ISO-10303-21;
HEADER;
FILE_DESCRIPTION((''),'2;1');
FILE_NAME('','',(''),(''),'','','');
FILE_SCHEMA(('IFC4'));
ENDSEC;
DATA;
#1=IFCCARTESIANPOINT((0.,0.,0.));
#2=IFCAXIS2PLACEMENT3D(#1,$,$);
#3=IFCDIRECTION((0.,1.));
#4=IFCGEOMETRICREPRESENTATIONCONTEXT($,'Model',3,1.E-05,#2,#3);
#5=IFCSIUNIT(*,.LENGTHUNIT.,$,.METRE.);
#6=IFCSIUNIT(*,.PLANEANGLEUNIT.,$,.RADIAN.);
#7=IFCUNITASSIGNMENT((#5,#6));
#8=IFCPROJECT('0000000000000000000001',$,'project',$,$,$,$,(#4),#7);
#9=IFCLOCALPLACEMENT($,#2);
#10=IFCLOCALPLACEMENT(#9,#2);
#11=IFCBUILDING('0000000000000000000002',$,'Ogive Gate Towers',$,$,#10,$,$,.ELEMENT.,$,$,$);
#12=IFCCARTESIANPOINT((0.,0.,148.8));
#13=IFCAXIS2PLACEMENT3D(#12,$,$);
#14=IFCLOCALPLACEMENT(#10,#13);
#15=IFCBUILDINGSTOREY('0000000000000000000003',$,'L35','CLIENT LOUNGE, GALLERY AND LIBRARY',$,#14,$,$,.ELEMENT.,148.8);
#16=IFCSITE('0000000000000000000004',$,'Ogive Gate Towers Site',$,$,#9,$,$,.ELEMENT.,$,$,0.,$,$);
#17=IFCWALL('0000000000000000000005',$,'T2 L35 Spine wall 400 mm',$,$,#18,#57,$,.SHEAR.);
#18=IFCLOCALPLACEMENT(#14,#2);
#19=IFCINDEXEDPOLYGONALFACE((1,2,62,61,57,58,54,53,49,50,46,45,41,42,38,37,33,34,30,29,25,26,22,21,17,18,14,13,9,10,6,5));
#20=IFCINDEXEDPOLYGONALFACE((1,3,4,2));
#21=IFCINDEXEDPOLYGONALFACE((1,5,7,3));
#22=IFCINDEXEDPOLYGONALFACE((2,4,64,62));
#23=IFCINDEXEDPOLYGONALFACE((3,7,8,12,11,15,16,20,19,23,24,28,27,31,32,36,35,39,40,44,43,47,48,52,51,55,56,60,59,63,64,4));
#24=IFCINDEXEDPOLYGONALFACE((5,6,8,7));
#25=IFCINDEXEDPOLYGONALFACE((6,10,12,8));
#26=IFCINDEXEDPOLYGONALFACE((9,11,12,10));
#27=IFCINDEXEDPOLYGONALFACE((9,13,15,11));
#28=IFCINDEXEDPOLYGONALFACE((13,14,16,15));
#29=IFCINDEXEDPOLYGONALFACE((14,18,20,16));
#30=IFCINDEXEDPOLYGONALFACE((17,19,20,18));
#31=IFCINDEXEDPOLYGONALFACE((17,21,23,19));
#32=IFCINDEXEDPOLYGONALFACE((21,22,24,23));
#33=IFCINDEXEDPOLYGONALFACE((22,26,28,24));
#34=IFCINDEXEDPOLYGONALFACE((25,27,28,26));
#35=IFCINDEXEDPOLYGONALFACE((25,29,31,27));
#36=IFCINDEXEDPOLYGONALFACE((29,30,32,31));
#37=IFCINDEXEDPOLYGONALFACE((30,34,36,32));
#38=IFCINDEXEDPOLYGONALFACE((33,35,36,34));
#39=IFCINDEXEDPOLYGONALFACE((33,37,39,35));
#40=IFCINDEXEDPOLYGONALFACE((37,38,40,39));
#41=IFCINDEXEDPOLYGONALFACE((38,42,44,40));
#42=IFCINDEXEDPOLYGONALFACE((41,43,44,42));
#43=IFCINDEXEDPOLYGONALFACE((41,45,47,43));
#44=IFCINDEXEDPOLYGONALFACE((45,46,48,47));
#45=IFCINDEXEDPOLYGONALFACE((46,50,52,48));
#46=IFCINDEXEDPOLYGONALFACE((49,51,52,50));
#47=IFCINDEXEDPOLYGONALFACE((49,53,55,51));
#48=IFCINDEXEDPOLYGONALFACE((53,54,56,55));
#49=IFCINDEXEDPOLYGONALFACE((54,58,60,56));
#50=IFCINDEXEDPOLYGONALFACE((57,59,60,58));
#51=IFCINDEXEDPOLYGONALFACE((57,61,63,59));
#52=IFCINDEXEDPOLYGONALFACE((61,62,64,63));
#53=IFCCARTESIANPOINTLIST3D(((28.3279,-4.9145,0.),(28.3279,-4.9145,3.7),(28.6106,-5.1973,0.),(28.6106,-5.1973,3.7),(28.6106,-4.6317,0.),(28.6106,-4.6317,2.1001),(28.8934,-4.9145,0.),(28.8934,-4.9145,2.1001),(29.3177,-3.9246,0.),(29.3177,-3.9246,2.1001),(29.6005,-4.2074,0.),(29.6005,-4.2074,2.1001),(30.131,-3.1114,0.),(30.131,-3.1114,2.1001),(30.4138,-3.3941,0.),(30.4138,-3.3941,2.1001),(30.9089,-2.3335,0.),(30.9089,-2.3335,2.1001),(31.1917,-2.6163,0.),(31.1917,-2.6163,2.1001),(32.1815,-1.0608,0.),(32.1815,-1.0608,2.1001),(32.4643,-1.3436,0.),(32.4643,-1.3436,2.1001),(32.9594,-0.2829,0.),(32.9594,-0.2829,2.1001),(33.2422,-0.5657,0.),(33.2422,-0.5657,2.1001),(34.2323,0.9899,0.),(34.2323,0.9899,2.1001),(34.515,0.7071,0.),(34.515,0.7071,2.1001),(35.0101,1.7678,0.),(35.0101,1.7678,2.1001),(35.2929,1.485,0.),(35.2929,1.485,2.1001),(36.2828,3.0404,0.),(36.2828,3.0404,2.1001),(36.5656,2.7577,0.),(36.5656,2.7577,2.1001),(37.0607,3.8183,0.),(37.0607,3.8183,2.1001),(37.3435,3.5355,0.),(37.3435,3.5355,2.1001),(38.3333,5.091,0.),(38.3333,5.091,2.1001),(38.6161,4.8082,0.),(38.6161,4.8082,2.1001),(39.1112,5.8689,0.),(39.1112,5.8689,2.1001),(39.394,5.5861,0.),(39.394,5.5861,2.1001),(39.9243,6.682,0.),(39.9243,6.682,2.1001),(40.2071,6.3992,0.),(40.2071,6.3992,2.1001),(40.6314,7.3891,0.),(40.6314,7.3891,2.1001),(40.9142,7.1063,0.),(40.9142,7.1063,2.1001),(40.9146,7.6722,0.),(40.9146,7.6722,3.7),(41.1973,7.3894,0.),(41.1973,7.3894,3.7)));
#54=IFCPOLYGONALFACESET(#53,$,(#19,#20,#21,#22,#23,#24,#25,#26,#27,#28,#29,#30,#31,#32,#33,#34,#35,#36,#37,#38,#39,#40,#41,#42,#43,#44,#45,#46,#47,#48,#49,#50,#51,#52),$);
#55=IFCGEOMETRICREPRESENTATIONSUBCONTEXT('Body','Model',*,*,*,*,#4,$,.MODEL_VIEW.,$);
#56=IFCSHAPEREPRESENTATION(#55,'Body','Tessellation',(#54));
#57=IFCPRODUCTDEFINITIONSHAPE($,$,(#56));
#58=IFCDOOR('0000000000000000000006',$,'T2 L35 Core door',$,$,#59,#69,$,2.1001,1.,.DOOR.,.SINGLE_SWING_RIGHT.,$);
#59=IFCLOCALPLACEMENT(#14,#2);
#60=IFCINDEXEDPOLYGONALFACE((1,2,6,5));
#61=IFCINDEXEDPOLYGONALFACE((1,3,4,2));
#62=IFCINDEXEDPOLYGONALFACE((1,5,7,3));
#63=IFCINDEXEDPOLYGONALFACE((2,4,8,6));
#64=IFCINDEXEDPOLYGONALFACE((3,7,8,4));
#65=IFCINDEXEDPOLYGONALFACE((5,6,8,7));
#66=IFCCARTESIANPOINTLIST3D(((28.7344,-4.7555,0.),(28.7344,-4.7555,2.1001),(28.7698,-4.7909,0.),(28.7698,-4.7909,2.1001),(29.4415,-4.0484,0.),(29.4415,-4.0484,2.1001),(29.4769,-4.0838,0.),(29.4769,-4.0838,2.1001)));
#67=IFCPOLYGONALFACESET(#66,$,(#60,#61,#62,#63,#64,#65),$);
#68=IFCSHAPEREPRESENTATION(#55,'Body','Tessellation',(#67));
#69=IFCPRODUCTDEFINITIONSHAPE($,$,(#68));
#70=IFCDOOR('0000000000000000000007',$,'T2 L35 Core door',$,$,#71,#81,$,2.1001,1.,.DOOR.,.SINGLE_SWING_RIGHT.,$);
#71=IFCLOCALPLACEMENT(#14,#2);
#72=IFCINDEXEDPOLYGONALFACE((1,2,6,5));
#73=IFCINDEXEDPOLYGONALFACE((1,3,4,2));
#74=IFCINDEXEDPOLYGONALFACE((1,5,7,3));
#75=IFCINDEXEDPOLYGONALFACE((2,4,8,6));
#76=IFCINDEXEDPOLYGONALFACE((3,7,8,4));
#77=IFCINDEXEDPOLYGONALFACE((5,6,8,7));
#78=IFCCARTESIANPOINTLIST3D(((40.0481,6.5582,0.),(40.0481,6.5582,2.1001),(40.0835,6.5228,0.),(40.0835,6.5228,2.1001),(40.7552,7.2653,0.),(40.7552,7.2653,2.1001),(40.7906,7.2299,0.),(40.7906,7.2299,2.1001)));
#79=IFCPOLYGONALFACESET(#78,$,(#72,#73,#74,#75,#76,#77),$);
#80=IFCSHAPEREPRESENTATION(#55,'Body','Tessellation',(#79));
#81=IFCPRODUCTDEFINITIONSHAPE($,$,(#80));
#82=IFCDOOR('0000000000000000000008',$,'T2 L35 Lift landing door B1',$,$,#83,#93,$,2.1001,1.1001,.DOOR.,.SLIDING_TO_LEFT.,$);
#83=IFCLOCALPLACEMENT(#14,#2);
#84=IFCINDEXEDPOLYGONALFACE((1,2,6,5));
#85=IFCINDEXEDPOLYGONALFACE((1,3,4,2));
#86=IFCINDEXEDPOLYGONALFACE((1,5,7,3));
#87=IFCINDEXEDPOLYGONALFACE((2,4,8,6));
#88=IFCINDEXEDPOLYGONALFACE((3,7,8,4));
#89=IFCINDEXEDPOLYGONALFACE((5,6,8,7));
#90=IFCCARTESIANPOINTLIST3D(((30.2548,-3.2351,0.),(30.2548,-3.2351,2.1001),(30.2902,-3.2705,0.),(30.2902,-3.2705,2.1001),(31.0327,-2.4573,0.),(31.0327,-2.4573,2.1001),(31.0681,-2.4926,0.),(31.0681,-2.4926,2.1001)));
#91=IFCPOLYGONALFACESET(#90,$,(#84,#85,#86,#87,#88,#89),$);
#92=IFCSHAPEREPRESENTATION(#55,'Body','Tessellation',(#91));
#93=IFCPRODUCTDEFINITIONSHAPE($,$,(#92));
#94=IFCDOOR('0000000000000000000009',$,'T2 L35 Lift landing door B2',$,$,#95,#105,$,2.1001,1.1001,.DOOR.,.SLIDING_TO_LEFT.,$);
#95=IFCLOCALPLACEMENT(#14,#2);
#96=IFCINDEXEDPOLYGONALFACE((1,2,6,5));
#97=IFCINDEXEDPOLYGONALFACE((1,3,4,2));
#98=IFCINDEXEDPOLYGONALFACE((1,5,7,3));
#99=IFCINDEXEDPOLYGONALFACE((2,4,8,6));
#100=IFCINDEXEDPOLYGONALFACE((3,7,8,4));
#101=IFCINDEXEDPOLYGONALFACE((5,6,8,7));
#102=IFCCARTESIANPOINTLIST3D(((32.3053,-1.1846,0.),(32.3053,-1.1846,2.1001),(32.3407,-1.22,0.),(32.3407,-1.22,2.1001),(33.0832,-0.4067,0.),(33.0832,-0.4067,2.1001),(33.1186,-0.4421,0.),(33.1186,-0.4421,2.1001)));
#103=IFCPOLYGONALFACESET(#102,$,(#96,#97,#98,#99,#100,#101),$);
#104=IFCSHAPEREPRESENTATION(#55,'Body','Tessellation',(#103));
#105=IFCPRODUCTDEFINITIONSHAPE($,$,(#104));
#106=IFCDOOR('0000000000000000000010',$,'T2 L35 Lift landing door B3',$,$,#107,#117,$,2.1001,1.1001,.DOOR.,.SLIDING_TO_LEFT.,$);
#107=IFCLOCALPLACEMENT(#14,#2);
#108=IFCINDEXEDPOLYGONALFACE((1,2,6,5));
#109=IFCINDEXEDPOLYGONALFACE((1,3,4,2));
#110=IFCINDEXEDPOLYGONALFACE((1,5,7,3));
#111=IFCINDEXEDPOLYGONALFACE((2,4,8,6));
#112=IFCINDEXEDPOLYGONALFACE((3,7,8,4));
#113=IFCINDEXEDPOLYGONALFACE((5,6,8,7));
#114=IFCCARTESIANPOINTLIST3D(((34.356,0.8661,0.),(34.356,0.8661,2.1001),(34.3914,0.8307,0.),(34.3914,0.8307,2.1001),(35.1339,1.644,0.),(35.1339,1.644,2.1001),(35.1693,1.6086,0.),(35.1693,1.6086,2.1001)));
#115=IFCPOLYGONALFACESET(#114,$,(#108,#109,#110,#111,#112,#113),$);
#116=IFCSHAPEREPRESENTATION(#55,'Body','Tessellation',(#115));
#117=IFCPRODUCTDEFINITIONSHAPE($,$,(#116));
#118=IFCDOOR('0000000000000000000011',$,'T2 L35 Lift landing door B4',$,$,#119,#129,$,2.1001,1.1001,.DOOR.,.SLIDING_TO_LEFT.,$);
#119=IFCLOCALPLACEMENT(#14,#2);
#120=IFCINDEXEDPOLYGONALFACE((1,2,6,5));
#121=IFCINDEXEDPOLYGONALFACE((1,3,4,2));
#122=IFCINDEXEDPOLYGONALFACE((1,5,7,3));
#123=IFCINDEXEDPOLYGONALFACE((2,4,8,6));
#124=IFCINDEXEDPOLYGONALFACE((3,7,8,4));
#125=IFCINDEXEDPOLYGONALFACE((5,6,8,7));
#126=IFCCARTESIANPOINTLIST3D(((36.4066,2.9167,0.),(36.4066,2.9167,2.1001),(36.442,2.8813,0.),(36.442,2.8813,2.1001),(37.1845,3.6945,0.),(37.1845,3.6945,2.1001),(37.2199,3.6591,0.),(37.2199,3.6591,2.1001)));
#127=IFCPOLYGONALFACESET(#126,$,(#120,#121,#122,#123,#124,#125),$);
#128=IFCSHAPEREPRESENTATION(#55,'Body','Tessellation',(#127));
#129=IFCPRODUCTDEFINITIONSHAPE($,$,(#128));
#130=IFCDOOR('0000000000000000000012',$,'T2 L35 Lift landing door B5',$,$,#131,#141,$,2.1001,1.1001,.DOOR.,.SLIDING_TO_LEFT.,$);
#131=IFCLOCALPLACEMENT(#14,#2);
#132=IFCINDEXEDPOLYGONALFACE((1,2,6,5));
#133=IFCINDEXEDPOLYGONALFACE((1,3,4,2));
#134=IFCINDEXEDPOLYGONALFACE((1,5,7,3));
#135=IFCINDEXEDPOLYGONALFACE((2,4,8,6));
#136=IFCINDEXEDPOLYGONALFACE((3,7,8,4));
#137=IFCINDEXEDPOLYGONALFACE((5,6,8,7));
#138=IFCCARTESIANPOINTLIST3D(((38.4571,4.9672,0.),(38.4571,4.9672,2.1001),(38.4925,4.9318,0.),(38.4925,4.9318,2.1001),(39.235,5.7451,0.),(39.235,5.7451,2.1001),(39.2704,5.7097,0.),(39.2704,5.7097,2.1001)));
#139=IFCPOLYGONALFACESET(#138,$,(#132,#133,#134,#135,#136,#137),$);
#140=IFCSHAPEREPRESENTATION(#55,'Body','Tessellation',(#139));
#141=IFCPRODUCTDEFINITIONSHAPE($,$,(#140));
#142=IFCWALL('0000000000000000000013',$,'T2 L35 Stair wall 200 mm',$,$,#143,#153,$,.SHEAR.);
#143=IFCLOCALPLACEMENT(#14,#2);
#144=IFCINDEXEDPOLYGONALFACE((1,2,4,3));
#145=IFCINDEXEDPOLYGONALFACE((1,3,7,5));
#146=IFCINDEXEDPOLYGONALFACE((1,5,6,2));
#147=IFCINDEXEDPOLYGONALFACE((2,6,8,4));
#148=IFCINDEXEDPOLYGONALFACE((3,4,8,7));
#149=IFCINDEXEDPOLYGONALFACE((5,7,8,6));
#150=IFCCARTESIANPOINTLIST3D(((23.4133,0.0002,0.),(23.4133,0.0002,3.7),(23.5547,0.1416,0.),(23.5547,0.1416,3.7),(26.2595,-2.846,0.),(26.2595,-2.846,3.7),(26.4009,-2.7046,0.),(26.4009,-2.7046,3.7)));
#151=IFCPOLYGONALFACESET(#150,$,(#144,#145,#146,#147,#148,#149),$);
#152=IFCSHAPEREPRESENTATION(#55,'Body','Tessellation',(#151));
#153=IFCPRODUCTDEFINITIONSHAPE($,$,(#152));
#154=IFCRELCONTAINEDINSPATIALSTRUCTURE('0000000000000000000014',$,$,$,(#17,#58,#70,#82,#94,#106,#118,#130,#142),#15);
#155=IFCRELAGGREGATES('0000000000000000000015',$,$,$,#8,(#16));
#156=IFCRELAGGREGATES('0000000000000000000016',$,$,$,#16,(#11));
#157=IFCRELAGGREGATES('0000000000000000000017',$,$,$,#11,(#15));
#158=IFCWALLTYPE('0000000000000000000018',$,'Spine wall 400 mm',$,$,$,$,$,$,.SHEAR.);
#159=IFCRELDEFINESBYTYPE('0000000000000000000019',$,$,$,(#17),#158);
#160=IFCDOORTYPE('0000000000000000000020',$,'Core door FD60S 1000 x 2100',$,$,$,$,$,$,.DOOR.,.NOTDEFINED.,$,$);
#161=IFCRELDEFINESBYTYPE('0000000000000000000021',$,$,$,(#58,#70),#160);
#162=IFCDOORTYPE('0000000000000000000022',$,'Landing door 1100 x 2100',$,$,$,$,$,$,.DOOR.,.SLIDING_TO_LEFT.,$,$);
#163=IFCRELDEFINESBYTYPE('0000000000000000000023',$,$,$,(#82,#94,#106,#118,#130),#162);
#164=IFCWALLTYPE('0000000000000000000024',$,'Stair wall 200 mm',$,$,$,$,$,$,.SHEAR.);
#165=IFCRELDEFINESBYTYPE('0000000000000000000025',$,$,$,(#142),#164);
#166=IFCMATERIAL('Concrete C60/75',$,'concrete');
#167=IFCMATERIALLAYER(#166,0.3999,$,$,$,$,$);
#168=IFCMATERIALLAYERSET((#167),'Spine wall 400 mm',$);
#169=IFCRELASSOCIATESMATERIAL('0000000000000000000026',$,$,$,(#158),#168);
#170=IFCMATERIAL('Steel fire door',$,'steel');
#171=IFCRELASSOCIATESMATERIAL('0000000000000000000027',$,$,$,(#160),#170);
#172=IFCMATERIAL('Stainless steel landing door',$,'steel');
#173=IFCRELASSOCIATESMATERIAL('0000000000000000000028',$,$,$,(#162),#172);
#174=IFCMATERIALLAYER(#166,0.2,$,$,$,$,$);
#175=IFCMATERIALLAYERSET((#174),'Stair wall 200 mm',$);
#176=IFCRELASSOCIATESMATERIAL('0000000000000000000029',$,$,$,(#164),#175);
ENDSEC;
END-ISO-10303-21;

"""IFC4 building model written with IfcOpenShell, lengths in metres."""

from ifc_helpers import new_model, si_unit, direction, frame, frame_2d, origin, place, context, subcontext, project, spatial, rectangle, extrude, material, layer, layer_set, type_object, element, fill, save


model = new_model("IFC4")

# Units and contexts
model_context = context("Model", 3, precision=1e-05, world=origin(), true_north=direction((0.0, 1.0)))
body_context = subcontext(model_context, "Body", "Model", "MODEL_VIEW")
ifc_project = project(units=[si_unit("LENGTHUNIT", "METRE"), si_unit("PLANEANGLEUNIT", "RADIAN")], contexts=[model_context])

# Site, building, storey
site_placement = place(None, origin())
site = spatial("IfcSite", under=ifc_project, at=site_placement, Name="Ogive Gate Towers Site", CompositionType="ELEMENT", RefElevation=0.0)
building_placement = place(site_placement, origin())
building = spatial("IfcBuilding", under=site, at=building_placement, Name="Ogive Gate Towers", CompositionType="ELEMENT")
storey_placement = place(building_placement, frame((0.0, 0.0, 148.8)))
storey = spatial("IfcBuildingStorey", under=building, at=storey_placement, Name="L35", Description="CLIENT LOUNGE, GALLERY AND LIBRARY", CompositionType="ELEMENT", Elevation=148.8)

# Shared definitions
ifc_material_1 = material(Name="Concrete C60/75", Category="concrete")

# Wall, openings, doors
ifc_layer_1 = layer(ifc_material_1, 0.3999)
ifc_layer_set_1 = layer_set([ifc_layer_1], Name="Spine wall 400 mm")
wall_type_1 = type_object("IfcWallType", Name="Spine wall 400 mm", PredefinedType="SHEAR", material=ifc_layer_set_1)
ifc_material_2 = material(Name="Steel fire door", Category="steel")
door_type_1 = type_object("IfcDoorType", Name="Core door FD60S 1000 x 2100", OperationType="NOTDEFINED", PredefinedType="DOOR", material=ifc_material_2)
ifc_material_3 = material(Name="Stainless steel landing door", Category="steel")
door_type_2 = type_object("IfcDoorType", Name="Landing door 1100 x 2100", OperationType="SLIDING_TO_LEFT", PredefinedType="DOOR", material=ifc_material_3)
wall_1_placement = place(storey_placement, frame((28.4692, -5.0559, 0.0), z_axis=(0.0, 0.0, 1.0), x_axis=(0.707107, 0.707107, 0.0)))
wall_1 = element("IfcWall", 1, at=wall_1_placement, inside=storey, type_object=wall_type_1, Name="T2 L35 Spine wall 400 mm", PredefinedType="SHEAR", context=body_context, shape_type="SweptSolid", body=[
    extrude(rectangle(XDim=17.8003, YDim=0.3999, at=frame_2d((8.9001, 0.0))), origin(), (0.0, 0.0, 1.0), 3.7),
])
opening_1_placement = place(wall_1_placement, frame((0.3999, 0.0, 0.0)))
opening_1 = element("IfcOpeningElement", 2, at=opening_1_placement, cuts=wall_1, PredefinedType="OPENING", context=body_context, shape_type="SweptSolid", body=[
    extrude(rectangle(XDim=1.0, YDim=2.1001, at=frame_2d((0.5, 1.05))), frame((0.0, 0.21, 0.0), z_axis=(0.0, -1.0, 0.0), x_axis=(1.0, 0.0, 0.0)), (0.0, 0.0, 1.0), 0.4199),
])
opening_2_placement = place(wall_1_placement, frame((2.55, 0.0, 0.0)))
opening_2 = element("IfcOpeningElement", 3, at=opening_2_placement, cuts=wall_1, PredefinedType="OPENING", context=body_context, shape_type="SweptSolid", body=[
    extrude(rectangle(XDim=1.1001, YDim=2.1001, at=frame_2d((0.55, 1.05))), frame((0.0, 0.21, 0.0), z_axis=(0.0, -1.0, 0.0), x_axis=(1.0, 0.0, 0.0)), (0.0, 0.0, 1.0), 0.4199),
])
opening_3_placement = place(wall_1_placement, frame((5.45, 0.0, 0.0)))
opening_3 = element("IfcOpeningElement", 4, at=opening_3_placement, cuts=wall_1, PredefinedType="OPENING", context=body_context, shape_type="SweptSolid", body=[
    extrude(rectangle(XDim=1.1001, YDim=2.1001, at=frame_2d((0.55, 1.05))), frame((0.0, 0.21, 0.0), z_axis=(0.0, -1.0, 0.0), x_axis=(1.0, 0.0, 0.0)), (0.0, 0.0, 1.0), 0.4199),
])
opening_4_placement = place(wall_1_placement, frame((8.3501, 0.0, 0.0)))
opening_4 = element("IfcOpeningElement", 5, at=opening_4_placement, cuts=wall_1, PredefinedType="OPENING", context=body_context, shape_type="SweptSolid", body=[
    extrude(rectangle(XDim=1.1001, YDim=2.1001, at=frame_2d((0.55, 1.05))), frame((0.0, 0.21, 0.0), z_axis=(0.0, -1.0, 0.0), x_axis=(1.0, 0.0, 0.0)), (0.0, 0.0, 1.0), 0.4199),
])
opening_5_placement = place(wall_1_placement, frame((11.25, 0.0, 0.0)))
opening_5 = element("IfcOpeningElement", 6, at=opening_5_placement, cuts=wall_1, PredefinedType="OPENING", context=body_context, shape_type="SweptSolid", body=[
    extrude(rectangle(XDim=1.1001, YDim=2.1001, at=frame_2d((0.55, 1.05))), frame((0.0, 0.21, 0.0), z_axis=(0.0, -1.0, 0.0), x_axis=(1.0, 0.0, 0.0)), (0.0, 0.0, 1.0), 0.4199),
])
opening_6_placement = place(wall_1_placement, frame((14.1499, 0.0, 0.0)))
opening_6 = element("IfcOpeningElement", 7, at=opening_6_placement, cuts=wall_1, PredefinedType="OPENING", context=body_context, shape_type="SweptSolid", body=[
    extrude(rectangle(XDim=1.1001, YDim=2.1001, at=frame_2d((0.55, 1.05))), frame((0.0, 0.21, 0.0), z_axis=(0.0, -1.0, 0.0), x_axis=(1.0, 0.0, 0.0)), (0.0, 0.0, 1.0), 0.4199),
])
opening_7_placement = place(wall_1_placement, frame((16.3999, 0.0, 0.0)))
opening_7 = element("IfcOpeningElement", 8, at=opening_7_placement, cuts=wall_1, PredefinedType="OPENING", context=body_context, shape_type="SweptSolid", body=[
    extrude(rectangle(XDim=1.0, YDim=2.1001, at=frame_2d((0.5, 1.05))), frame((0.0, 0.21, 0.0), z_axis=(0.0, -1.0, 0.0), x_axis=(1.0, 0.0, 0.0)), (0.0, 0.0, 1.0), 0.4199),
])
door_1_placement = place(opening_1_placement, origin())
door_1 = element("IfcDoor", 9, at=door_1_placement, inside=storey, type_object=door_type_1, Name="T2 L35 Core door", OperationType="SINGLE_SWING_RIGHT", OverallHeight=2.1001, OverallWidth=1.0, PredefinedType="DOOR", context=body_context, shape_type="SweptSolid", body=[
    extrude(rectangle(XDim=1.0, YDim=2.1001, at=frame_2d((0.5, 1.05))), frame((0.0, 0.0249, 0.0), z_axis=(0.0, -1.0, 0.0), x_axis=(1.0, 0.0, 0.0)), (0.0, 0.0, 1.0), 0.05),
])
fill(opening_1, door_1)
door_2_placement = place(opening_7_placement, origin())
door_2 = element("IfcDoor", 10, at=door_2_placement, inside=storey, type_object=door_type_1, Name="T2 L35 Core door", OperationType="SINGLE_SWING_RIGHT", OverallHeight=2.1001, OverallWidth=1.0, PredefinedType="DOOR", context=body_context, shape_type="SweptSolid", body=[
    extrude(rectangle(XDim=1.0, YDim=2.1001, at=frame_2d((0.5, 1.05))), frame((0.0, 0.0249, 0.0), z_axis=(0.0, -1.0, 0.0), x_axis=(1.0, 0.0, 0.0)), (0.0, 0.0, 1.0), 0.05),
])
fill(opening_7, door_2)
door_3_placement = place(opening_2_placement, origin())
door_3 = element("IfcDoor", 11, at=door_3_placement, inside=storey, type_object=door_type_2, Name="T2 L35 Lift landing door B1", OperationType="SLIDING_TO_LEFT", OverallHeight=2.1001, OverallWidth=1.1001, PredefinedType="DOOR", context=body_context, shape_type="SweptSolid", body=[
    extrude(rectangle(XDim=1.1001, YDim=2.1001, at=frame_2d((0.55, 1.05))), frame((0.0, 0.0249, 0.0), z_axis=(0.0, -1.0, 0.0), x_axis=(1.0, 0.0, 0.0)), (0.0, 0.0, 1.0), 0.05),
])
fill(opening_2, door_3)
door_4_placement = place(opening_3_placement, origin())
door_4 = element("IfcDoor", 12, at=door_4_placement, inside=storey, type_object=door_type_2, Name="T2 L35 Lift landing door B2", OperationType="SLIDING_TO_LEFT", OverallHeight=2.1001, OverallWidth=1.1001, PredefinedType="DOOR", context=body_context, shape_type="SweptSolid", body=[
    extrude(rectangle(XDim=1.1001, YDim=2.1001, at=frame_2d((0.55, 1.05))), frame((0.0, 0.0249, 0.0), z_axis=(0.0, -1.0, 0.0), x_axis=(1.0, 0.0, 0.0)), (0.0, 0.0, 1.0), 0.05),
])
fill(opening_3, door_4)
door_5_placement = place(opening_4_placement, origin())
door_5 = element("IfcDoor", 13, at=door_5_placement, inside=storey, type_object=door_type_2, Name="T2 L35 Lift landing door B3", OperationType="SLIDING_TO_LEFT", OverallHeight=2.1001, OverallWidth=1.1001, PredefinedType="DOOR", context=body_context, shape_type="SweptSolid", body=[
    extrude(rectangle(XDim=1.1001, YDim=2.1001, at=frame_2d((0.55, 1.05))), frame((0.0, 0.0249, 0.0), z_axis=(0.0, -1.0, 0.0), x_axis=(1.0, 0.0, 0.0)), (0.0, 0.0, 1.0), 0.05),
])
fill(opening_4, door_5)
door_6_placement = place(opening_5_placement, origin())
door_6 = element("IfcDoor", 14, at=door_6_placement, inside=storey, type_object=door_type_2, Name="T2 L35 Lift landing door B4", OperationType="SLIDING_TO_LEFT", OverallHeight=2.1001, OverallWidth=1.1001, PredefinedType="DOOR", context=body_context, shape_type="SweptSolid", body=[
    extrude(rectangle(XDim=1.1001, YDim=2.1001, at=frame_2d((0.55, 1.05))), frame((0.0, 0.0249, 0.0), z_axis=(0.0, -1.0, 0.0), x_axis=(1.0, 0.0, 0.0)), (0.0, 0.0, 1.0), 0.05),
])
fill(opening_5, door_6)
door_7_placement = place(opening_6_placement, origin())
door_7 = element("IfcDoor", 15, at=door_7_placement, inside=storey, type_object=door_type_2, Name="T2 L35 Lift landing door B5", OperationType="SLIDING_TO_LEFT", OverallHeight=2.1001, OverallWidth=1.1001, PredefinedType="DOOR", context=body_context, shape_type="SweptSolid", body=[
    extrude(rectangle(XDim=1.1001, YDim=2.1001, at=frame_2d((0.55, 1.05))), frame((0.0, 0.0249, 0.0), z_axis=(0.0, -1.0, 0.0), x_axis=(1.0, 0.0, 0.0)), (0.0, 0.0, 1.0), 0.05),
])
fill(opening_6, door_7)

# Wall
ifc_layer_2 = layer(ifc_material_1, 0.2)
ifc_layer_set_2 = layer_set([ifc_layer_2], Name="Stair wall 200 mm")
wall_type_2 = type_object("IfcWallType", Name="Stair wall 200 mm", PredefinedType="SHEAR", material=ifc_layer_set_2)
wall_2_placement = place(storey_placement, frame((26.3303, -2.7754, 0.0), z_axis=(0.0, 0.0, 1.0), x_axis=(-0.707107, 0.707107, 0.0)))
element("IfcWall", 16, at=wall_2_placement, inside=storey, type_object=wall_type_2, Name="T2 L35 Stair wall 200 mm", PredefinedType="SHEAR", context=body_context, shape_type="SweptSolid", body=[
    extrude(rectangle(XDim=4.0251, YDim=0.2, at=frame_2d((2.0127, 0.0))), origin(), (0.0, 0.0, 1.0), 3.7),
])

save(model, "model.ifc")
